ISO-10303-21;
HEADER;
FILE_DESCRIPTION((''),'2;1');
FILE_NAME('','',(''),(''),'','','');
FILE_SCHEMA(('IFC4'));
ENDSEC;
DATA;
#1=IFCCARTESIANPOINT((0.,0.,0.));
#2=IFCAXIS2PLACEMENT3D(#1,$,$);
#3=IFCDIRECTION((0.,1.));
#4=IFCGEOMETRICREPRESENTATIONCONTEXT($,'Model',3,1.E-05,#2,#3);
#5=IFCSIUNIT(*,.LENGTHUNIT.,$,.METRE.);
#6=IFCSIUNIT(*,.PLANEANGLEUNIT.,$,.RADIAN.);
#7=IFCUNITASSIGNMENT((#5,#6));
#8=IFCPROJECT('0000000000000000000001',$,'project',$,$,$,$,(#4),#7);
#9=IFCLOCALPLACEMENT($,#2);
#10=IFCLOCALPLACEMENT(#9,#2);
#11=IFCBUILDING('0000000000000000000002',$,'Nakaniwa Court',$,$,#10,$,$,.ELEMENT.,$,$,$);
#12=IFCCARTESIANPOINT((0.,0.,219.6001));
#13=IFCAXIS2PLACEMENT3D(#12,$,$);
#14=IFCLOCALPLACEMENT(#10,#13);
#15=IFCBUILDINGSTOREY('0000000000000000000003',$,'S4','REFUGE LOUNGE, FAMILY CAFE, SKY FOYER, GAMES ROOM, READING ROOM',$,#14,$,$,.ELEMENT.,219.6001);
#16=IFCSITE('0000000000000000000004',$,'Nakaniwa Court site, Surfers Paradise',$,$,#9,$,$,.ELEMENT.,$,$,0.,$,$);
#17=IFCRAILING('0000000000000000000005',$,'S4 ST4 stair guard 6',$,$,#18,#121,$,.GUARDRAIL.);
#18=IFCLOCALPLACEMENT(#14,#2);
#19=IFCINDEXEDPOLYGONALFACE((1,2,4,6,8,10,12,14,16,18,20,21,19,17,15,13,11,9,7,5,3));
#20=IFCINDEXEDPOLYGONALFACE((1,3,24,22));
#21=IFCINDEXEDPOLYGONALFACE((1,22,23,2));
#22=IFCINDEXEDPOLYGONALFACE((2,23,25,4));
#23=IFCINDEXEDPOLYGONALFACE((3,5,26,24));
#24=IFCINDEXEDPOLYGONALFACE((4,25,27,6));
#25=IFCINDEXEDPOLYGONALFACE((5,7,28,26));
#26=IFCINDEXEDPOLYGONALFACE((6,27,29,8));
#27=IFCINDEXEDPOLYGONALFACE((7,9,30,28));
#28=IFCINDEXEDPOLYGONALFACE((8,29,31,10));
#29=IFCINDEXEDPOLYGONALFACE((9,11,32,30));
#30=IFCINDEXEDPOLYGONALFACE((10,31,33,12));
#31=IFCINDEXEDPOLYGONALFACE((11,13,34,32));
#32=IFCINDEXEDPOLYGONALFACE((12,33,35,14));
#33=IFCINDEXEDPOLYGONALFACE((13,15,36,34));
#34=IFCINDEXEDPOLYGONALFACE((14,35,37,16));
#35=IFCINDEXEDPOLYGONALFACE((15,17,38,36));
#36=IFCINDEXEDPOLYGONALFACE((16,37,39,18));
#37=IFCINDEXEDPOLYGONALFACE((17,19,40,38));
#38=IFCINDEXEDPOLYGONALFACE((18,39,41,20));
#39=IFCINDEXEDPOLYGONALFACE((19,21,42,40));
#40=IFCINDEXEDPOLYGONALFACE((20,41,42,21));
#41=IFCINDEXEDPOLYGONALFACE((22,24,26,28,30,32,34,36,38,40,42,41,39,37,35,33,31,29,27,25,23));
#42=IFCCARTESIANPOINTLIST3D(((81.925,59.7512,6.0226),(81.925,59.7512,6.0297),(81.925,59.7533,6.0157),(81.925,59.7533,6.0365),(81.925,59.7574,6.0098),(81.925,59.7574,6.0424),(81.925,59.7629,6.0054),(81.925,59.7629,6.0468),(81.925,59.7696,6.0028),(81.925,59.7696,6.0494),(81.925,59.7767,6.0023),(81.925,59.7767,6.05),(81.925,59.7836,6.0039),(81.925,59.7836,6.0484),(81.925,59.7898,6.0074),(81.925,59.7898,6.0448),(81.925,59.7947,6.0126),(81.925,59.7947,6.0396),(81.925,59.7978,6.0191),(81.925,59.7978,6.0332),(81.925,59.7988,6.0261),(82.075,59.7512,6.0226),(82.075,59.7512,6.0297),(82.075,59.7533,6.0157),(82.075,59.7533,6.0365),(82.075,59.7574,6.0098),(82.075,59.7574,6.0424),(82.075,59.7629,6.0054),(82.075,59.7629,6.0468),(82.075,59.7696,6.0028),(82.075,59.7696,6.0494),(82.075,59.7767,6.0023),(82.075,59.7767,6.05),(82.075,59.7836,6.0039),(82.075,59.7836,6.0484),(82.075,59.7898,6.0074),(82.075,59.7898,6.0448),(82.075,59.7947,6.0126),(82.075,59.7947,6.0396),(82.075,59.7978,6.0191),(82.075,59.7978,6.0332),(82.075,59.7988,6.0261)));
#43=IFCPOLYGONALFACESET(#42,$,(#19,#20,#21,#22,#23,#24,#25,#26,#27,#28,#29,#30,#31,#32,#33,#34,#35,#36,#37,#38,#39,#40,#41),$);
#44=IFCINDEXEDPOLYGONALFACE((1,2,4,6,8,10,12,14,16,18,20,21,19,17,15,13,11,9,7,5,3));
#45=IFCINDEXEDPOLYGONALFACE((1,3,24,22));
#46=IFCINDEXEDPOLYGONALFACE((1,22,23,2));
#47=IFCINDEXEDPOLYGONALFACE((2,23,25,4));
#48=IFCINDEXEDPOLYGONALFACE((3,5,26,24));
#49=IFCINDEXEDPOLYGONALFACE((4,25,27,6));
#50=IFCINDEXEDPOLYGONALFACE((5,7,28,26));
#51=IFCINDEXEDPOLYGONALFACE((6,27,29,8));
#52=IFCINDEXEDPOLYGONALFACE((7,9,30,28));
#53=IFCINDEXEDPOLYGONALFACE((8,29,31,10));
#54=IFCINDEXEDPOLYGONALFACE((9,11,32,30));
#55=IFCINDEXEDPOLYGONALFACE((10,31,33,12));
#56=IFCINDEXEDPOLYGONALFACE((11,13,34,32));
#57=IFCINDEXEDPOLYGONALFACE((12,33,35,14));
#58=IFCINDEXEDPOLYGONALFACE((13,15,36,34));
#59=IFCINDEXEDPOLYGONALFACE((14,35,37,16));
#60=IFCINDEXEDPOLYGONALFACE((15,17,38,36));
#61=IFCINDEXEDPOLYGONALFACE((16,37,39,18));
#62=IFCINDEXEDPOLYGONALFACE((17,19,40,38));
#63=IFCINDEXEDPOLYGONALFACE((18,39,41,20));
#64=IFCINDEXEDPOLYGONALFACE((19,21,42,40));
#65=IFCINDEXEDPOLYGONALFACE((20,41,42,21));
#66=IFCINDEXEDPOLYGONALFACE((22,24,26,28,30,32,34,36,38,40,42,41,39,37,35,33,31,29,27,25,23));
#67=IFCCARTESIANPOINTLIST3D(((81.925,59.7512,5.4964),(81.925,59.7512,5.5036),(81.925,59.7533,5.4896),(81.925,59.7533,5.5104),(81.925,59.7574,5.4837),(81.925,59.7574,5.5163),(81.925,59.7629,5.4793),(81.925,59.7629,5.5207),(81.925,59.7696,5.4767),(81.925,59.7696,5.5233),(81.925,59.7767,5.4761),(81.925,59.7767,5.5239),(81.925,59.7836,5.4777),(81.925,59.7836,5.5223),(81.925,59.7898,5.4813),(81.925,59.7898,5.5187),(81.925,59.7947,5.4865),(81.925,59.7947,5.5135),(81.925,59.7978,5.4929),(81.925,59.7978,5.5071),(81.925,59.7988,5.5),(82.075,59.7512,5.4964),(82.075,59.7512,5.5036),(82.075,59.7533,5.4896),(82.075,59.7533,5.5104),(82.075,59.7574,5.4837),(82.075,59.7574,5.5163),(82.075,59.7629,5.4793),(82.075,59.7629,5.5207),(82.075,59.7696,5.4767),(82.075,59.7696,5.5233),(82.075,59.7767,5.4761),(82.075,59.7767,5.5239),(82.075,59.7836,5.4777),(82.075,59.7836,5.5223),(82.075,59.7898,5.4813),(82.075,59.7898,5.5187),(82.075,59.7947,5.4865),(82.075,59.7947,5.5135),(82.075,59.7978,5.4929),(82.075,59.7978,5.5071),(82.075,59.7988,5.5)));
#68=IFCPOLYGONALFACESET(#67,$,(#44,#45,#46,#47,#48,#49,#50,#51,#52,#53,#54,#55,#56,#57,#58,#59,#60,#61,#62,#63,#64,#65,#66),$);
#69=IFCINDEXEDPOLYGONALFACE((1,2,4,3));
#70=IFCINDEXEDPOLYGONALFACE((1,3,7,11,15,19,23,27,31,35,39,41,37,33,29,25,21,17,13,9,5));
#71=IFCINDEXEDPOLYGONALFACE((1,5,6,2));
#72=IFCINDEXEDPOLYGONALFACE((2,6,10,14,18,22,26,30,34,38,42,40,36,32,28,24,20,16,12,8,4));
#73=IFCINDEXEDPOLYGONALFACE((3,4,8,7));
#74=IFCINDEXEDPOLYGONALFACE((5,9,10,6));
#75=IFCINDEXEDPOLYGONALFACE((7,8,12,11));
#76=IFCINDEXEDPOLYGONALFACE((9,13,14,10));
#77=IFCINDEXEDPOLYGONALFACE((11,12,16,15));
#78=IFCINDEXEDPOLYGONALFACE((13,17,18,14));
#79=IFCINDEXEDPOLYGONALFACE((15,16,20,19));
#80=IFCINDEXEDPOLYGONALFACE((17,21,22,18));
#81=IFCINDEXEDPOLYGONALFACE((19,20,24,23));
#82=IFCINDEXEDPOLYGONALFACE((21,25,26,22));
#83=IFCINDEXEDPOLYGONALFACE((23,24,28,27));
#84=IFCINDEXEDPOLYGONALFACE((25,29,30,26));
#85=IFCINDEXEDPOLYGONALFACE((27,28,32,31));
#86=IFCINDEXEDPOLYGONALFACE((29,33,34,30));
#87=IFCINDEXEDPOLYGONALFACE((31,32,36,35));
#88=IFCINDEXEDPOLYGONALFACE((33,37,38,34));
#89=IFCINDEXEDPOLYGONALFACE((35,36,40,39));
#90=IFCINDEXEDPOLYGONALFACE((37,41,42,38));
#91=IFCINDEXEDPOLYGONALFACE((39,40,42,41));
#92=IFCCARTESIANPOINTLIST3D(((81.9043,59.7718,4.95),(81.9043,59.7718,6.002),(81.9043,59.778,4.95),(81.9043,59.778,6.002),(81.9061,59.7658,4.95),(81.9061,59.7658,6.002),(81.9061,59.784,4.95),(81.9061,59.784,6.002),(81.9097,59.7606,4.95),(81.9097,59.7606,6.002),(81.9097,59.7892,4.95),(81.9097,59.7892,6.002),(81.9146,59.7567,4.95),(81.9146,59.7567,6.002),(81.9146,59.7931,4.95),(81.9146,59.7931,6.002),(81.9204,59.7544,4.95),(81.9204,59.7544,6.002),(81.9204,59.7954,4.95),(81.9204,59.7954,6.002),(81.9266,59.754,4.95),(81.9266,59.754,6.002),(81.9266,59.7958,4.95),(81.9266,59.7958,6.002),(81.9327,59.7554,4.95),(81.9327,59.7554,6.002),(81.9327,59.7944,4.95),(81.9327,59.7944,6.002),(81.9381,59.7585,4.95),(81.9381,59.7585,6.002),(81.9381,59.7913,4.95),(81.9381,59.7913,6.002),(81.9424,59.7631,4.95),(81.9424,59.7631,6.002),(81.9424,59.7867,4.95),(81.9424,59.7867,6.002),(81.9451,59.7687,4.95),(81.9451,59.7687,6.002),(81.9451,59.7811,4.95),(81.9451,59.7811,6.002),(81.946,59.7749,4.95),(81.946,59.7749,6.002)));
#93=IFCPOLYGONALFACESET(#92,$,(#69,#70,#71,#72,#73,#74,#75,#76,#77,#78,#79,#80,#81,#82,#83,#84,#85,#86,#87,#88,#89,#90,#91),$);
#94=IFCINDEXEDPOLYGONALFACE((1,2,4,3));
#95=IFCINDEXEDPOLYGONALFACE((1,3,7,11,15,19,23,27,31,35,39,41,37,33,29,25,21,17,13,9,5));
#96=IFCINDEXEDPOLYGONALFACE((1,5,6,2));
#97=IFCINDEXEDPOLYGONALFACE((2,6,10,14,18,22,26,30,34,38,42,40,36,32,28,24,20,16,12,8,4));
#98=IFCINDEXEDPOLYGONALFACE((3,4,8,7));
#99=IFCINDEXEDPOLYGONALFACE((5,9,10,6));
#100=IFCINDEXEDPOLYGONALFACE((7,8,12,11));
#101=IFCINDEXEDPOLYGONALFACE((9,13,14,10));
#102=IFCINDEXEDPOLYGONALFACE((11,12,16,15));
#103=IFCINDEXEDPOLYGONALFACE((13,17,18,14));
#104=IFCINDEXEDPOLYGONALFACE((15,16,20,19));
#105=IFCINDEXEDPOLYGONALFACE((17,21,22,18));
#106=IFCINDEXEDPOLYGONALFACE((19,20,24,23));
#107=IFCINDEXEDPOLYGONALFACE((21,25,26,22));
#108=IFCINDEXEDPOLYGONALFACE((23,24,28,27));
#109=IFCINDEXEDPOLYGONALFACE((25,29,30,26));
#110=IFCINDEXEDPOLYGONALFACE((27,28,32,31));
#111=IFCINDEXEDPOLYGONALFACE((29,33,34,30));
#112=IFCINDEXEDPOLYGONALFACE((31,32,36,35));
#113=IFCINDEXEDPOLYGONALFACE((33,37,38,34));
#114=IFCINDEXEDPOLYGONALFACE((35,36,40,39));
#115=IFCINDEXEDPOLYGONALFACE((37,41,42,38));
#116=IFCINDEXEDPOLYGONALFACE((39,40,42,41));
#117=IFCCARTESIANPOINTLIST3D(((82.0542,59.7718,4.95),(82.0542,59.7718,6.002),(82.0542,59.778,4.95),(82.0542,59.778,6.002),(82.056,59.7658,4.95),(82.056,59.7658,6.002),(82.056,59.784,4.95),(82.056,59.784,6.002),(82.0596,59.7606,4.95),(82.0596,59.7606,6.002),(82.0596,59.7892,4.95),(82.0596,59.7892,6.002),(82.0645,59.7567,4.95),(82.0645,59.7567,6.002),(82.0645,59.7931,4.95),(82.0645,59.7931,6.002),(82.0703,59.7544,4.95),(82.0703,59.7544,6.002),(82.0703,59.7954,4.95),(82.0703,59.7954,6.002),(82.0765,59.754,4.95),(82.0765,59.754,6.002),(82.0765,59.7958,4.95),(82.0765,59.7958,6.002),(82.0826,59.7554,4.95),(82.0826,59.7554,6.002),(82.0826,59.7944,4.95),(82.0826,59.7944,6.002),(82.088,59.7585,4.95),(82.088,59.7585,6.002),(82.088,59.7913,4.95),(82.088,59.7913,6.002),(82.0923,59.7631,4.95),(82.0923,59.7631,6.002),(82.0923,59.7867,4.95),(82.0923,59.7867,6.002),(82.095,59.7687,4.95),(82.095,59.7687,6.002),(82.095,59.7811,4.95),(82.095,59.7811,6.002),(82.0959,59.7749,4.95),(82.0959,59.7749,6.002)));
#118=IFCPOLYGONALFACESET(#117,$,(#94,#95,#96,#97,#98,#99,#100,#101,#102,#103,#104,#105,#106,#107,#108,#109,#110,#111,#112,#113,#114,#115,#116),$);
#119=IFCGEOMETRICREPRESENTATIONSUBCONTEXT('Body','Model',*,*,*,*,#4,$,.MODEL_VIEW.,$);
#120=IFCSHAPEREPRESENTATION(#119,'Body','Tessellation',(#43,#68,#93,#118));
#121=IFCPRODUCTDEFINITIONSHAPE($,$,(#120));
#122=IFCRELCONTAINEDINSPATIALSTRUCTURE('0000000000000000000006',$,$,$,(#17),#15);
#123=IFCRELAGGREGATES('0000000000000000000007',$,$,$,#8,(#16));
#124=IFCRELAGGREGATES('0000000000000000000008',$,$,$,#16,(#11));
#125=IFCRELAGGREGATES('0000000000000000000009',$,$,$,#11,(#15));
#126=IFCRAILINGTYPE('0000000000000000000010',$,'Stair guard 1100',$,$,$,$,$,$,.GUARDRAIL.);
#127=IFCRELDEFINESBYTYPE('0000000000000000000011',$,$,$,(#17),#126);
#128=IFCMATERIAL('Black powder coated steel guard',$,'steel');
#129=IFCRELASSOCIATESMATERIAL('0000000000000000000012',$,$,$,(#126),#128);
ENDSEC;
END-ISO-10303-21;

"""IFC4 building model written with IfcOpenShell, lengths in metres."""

from ifc_helpers import new_model, si_unit, direction, frame, origin, origin_2d, place, context, subcontext, project, spatial, circle, extrude, material, type_object, element, save


model = new_model("IFC4")

# Units and contexts
model_context = context("Model", 3, precision=1e-05, world=origin(), true_north=direction((0.0, 1.0)))
body_context = subcontext(model_context, "Body", "Model", "MODEL_VIEW")
ifc_project = project(units=[si_unit("LENGTHUNIT", "METRE"), si_unit("PLANEANGLEUNIT", "RADIAN")], contexts=[model_context])

# Site, building, storey
site_placement = place(None, origin())
site = spatial("IfcSite", under=ifc_project, at=site_placement, Name="Nakaniwa Court site, Surfers Paradise", CompositionType="ELEMENT", RefElevation=0.0)
building_placement = place(site_placement, origin())
building = spatial("IfcBuilding", under=site, at=building_placement, Name="Nakaniwa Court", CompositionType="ELEMENT")
storey_placement = place(building_placement, frame((0.0, 0.0, 219.6001)))
storey = spatial("IfcBuildingStorey", under=building, at=storey_placement, Name="S4", Description="REFUGE LOUNGE, FAMILY CAFE, SKY FOYER, GAMES ROOM, READING ROOM", CompositionType="ELEMENT", Elevation=219.6001)

# Railing
ifc_material_1 = material(Name="Black powder coated steel guard", Category="steel")
railing_type_1 = type_object("IfcRailingType", Name="Stair guard 1100", PredefinedType="GUARDRAIL", material=ifc_material_1)
railing_1_placement = place(storey_placement, frame((81.925, 59.7749, 4.95)))
element("IfcRailing", 1, at=railing_1_placement, inside=storey, type_object=railing_type_1, Name="S4 ST4 stair guard 6", PredefinedType="GUARDRAIL", context=body_context, shape_type="SweptSolid", body=[
    extrude(circle(Radius=0.0239, at=origin_2d()), frame((0.0, 0.0, 1.0762), z_axis=(1.0, 0.0, 0.0), x_axis=(0.0, 1.0, 0.0)), (0.0, 0.0, 1.0), 0.1499),
    extrude(circle(Radius=0.0239, at=origin_2d()), frame((0.0, 0.0, 0.55), z_axis=(1.0, 0.0, 0.0), x_axis=(0.0, 1.0, 0.0)), (0.0, 0.0, 1.0), 0.1499),
    extrude(circle(Radius=0.021, at=origin_2d()), origin(), (0.0, 0.0, 1.0), 1.052),
    extrude(circle(Radius=0.021, at=origin_2d()), frame((0.1499, 0.0, 0.0)), (0.0, 0.0, 1.0), 1.052),
])

save(model, "model.ifc")
